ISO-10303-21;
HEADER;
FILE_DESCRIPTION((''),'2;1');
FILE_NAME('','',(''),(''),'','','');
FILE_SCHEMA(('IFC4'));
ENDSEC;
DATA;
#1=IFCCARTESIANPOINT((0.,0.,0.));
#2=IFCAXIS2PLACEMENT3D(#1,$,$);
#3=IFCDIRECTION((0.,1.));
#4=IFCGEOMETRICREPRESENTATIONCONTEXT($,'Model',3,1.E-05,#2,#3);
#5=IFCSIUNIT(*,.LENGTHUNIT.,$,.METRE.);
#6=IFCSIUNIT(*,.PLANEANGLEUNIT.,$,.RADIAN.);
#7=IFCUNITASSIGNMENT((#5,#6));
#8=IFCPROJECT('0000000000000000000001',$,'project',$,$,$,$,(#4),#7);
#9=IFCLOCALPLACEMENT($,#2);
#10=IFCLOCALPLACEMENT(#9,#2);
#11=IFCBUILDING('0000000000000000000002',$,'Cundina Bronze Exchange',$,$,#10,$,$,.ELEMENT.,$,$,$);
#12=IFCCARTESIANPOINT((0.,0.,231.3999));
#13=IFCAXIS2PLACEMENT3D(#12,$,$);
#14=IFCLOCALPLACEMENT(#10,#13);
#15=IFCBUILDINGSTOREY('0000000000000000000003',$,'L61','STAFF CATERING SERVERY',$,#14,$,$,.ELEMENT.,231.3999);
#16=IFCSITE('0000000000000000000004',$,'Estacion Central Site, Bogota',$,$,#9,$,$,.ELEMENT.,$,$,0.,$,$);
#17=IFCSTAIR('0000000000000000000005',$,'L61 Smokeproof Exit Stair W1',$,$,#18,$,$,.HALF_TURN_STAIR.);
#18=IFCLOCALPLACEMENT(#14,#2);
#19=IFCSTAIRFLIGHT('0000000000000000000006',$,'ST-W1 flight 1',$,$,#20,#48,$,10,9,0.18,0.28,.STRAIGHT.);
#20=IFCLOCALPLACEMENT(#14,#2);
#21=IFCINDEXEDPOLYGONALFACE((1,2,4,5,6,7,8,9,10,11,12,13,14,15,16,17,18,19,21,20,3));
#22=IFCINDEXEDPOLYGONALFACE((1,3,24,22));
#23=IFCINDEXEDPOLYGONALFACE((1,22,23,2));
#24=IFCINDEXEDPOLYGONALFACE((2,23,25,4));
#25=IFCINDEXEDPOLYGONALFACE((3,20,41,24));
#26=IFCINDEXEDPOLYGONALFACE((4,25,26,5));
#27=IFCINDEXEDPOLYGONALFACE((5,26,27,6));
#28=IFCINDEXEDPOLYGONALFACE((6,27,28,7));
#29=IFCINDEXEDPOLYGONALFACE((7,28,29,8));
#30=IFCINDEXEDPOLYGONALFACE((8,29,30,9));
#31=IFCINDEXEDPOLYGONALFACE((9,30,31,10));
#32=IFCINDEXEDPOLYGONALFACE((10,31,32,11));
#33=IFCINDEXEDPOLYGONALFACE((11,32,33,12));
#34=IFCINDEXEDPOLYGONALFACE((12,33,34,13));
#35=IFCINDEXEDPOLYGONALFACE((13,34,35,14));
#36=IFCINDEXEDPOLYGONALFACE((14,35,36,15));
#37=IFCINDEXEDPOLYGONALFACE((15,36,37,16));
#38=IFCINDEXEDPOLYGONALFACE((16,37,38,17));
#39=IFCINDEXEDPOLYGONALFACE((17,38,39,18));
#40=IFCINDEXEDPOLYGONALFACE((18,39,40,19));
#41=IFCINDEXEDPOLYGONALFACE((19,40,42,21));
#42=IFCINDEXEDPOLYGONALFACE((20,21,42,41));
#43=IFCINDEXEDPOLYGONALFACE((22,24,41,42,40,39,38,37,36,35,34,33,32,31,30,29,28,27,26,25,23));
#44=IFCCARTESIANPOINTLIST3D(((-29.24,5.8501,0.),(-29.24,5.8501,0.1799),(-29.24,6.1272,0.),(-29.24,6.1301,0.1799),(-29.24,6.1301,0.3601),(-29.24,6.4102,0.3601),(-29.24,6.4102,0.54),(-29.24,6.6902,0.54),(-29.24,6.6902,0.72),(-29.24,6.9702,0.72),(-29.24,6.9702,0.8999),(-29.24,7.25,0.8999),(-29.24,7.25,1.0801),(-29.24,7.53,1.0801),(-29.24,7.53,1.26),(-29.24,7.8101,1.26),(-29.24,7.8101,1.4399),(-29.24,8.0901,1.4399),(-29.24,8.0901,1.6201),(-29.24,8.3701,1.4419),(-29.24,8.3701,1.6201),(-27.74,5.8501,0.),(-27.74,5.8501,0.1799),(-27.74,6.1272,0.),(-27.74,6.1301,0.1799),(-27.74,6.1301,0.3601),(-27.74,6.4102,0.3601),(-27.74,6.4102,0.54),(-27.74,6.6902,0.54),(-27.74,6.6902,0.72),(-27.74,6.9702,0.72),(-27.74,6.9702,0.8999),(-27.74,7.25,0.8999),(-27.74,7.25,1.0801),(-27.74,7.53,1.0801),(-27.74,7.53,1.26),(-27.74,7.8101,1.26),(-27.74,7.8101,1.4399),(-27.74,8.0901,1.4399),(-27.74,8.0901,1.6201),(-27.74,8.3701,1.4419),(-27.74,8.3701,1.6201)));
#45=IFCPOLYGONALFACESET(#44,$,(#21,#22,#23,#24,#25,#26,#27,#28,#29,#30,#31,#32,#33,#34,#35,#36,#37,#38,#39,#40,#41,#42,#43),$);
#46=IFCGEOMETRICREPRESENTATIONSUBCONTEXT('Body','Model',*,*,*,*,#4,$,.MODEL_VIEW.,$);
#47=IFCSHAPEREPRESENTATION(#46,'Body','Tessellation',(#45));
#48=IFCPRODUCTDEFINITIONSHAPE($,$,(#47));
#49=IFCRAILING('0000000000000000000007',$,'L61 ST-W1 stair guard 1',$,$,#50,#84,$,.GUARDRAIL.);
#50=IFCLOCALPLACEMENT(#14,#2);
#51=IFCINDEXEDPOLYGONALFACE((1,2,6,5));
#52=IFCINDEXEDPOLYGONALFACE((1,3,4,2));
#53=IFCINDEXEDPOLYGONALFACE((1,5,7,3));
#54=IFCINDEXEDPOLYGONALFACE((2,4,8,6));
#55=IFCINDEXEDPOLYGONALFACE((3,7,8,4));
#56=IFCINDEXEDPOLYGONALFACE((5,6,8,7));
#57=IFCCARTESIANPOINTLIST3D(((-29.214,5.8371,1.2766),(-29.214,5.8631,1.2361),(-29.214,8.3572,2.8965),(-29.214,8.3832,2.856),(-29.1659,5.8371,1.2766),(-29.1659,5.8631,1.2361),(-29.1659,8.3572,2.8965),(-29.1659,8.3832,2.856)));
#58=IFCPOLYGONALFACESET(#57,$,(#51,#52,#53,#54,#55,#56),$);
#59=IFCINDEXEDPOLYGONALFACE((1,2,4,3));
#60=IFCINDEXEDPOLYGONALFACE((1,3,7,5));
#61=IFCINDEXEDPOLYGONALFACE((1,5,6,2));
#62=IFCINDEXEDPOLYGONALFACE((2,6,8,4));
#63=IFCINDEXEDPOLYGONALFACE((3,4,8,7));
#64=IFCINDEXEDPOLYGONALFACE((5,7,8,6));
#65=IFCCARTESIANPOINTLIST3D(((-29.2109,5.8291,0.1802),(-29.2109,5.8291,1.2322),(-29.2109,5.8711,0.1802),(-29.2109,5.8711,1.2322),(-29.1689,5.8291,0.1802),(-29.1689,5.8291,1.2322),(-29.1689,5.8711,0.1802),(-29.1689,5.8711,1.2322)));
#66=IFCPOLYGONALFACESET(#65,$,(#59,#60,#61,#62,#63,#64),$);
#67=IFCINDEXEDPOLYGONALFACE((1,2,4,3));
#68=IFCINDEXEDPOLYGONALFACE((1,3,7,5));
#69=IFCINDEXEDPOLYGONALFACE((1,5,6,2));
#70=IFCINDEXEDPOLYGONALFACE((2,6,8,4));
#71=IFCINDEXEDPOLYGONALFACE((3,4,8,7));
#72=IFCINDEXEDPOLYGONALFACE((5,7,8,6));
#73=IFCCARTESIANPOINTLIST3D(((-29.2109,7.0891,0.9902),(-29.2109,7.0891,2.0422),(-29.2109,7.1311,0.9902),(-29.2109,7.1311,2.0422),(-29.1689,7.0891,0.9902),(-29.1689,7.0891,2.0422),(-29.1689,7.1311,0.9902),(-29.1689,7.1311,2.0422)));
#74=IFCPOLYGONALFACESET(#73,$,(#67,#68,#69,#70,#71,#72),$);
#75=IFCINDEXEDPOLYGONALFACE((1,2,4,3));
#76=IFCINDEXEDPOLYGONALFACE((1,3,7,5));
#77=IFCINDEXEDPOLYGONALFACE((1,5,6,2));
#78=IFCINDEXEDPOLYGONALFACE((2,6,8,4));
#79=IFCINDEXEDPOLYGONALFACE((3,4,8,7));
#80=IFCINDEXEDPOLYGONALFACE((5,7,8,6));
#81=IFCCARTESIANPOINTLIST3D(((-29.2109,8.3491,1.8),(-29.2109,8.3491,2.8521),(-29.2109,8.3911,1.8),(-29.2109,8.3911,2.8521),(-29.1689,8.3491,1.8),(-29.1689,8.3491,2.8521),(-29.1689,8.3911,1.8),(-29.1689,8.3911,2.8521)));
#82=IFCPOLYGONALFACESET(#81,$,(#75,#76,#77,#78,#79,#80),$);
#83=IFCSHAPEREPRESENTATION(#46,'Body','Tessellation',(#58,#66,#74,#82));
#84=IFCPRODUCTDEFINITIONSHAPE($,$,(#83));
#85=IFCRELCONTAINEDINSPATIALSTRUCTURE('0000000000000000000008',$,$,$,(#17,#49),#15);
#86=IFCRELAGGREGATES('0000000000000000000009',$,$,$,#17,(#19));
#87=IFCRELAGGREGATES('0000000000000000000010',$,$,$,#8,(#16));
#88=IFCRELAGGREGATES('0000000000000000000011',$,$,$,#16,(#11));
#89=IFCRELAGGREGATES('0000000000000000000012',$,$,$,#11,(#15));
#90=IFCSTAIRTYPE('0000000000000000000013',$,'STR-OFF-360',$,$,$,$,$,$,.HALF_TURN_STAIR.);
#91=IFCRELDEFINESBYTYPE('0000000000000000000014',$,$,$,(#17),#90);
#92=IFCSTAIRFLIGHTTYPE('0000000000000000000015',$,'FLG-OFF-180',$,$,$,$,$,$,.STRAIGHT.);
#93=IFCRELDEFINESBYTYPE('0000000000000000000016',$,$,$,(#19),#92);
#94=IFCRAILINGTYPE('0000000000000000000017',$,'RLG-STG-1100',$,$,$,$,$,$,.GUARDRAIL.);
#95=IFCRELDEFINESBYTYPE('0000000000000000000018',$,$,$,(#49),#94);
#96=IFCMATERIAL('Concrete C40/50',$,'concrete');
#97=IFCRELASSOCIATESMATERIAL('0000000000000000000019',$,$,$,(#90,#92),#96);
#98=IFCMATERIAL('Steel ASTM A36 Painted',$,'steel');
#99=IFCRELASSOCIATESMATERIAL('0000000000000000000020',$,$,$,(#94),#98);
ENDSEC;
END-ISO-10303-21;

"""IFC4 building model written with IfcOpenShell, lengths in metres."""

from ifc_helpers import new_model, si_unit, direction, frame, origin, origin_2d, place, context, subcontext, project, spatial, polyline, rectangle, outline, extrude, material, type_object, element, aggregate, save


model = new_model("IFC4")

# Units and contexts
model_context = context("Model", 3, precision=1e-05, world=origin(), true_north=direction((0.0, 1.0)))
body_context = subcontext(model_context, "Body", "Model", "MODEL_VIEW")
ifc_project = project(units=[si_unit("LENGTHUNIT", "METRE"), si_unit("PLANEANGLEUNIT", "RADIAN")], contexts=[model_context])

# Site, building, storey
site_placement = place(None, origin())
site = spatial("IfcSite", under=ifc_project, at=site_placement, Name="Estacion Central Site, Bogota", CompositionType="ELEMENT", RefElevation=0.0)
building_placement = place(site_placement, origin())
building = spatial("IfcBuilding", under=site, at=building_placement, Name="Cundina Bronze Exchange", CompositionType="ELEMENT")
storey_placement = place(building_placement, frame((0.0, 0.0, 231.3999)))
storey = spatial("IfcBuildingStorey", under=building, at=storey_placement, Name="L61", Description="STAFF CATERING SERVERY", CompositionType="ELEMENT", Elevation=231.3999)

# Shared definitions
ifc_material_1 = material(Name="Steel ASTM A36 Painted", Category="steel")

# Stair, stair flight
ifc_material_2 = material(Name="Concrete C40/50", Category="concrete")
stair_type = type_object("IfcStairType", Name="STR-OFF-360", PredefinedType="HALF_TURN_STAIR", material=ifc_material_2)
stair_placement = place(storey_placement, origin())
stair = element("IfcStair", 1, at=stair_placement, inside=storey, type_object=stair_type, Name="L61 Smokeproof Exit Stair W1", PredefinedType="HALF_TURN_STAIR")
stair_flight_type = type_object("IfcStairFlightType", Name="FLG-OFF-180", PredefinedType="STRAIGHT", material=ifc_material_2)
stair_flight_placement = place(storey_placement, frame((-28.49, 5.8501, 0.0), z_axis=(0.0, 0.0, 1.0), x_axis=(0.0, 1.0, 0.0)))
stair_flight = element("IfcStairFlight", 2, at=stair_flight_placement, type_object=stair_flight_type, Name="ST-W1 flight 1", NumberOfRisers=10, NumberOfTreads=9, PredefinedType="STRAIGHT", RiserHeight=0.18, TreadLength=0.28, context=body_context, shape_type="SweptSolid", body=[
    extrude(outline(polyline([(0.0, 0.0), (0.0, 0.1799), (0.28, 0.1799), (0.28, 0.3601), (0.5601, 0.3601), (0.5601, 0.54), (0.8401, 0.54), (0.8401, 0.72), (1.1201, 0.72), (1.1201, 0.8999), (1.3999, 0.8999), (1.3999, 1.0801), (1.6799, 1.0801), (1.6799, 1.26), (1.96, 1.26), (1.96, 1.4399), (2.24, 1.4399), (2.24, 1.6201), (2.52, 1.6201), (2.52, 1.8), (2.52, 1.4419), (0.2771, 0.0), (0.0, 0.0)])), frame((0.0, 0.75, 0.0), z_axis=(0.0, -1.0, 0.0), x_axis=(1.0, 0.0, 0.0)), (0.0, 0.0, 1.0), 1.5),
])
aggregate(stair, [stair_flight])

# Railing
railing_type = type_object("IfcRailingType", Name="RLG-STG-1100", PredefinedType="GUARDRAIL", material=ifc_material_1)
railing_placement = place(storey_placement, frame((-29.1899, 5.8501, 0.1802)))
element("IfcRailing", 3, at=railing_placement, inside=storey, type_object=railing_type, Name="L61 ST-W1 stair guard 1", PredefinedType="GUARDRAIL", context=body_context, shape_type="SweptSolid", body=[
    extrude(rectangle(XDim=0.0481, YDim=0.0481, at=origin_2d()), frame((0.0, 0.0, 1.0762), z_axis=(0.0, 0.8412, 0.540725), x_axis=(-1.0, 0.0, 0.0)), (0.0, 0.0, 1.0), 2.9958),
    extrude(rectangle(XDim=0.042, YDim=0.042, at=origin_2d()), origin(), (0.0, 0.0, 1.0), 1.052),
    extrude(rectangle(XDim=0.042, YDim=0.042, at=origin_2d()), frame((0.0, 1.26, 0.8101)), (0.0, 0.0, 1.0), 1.052),
    extrude(rectangle(XDim=0.042, YDim=0.042, at=origin_2d()), frame((0.0, 2.52, 1.6199)), (0.0, 0.0, 1.0), 1.052),
])

save(model, "model.ifc")
